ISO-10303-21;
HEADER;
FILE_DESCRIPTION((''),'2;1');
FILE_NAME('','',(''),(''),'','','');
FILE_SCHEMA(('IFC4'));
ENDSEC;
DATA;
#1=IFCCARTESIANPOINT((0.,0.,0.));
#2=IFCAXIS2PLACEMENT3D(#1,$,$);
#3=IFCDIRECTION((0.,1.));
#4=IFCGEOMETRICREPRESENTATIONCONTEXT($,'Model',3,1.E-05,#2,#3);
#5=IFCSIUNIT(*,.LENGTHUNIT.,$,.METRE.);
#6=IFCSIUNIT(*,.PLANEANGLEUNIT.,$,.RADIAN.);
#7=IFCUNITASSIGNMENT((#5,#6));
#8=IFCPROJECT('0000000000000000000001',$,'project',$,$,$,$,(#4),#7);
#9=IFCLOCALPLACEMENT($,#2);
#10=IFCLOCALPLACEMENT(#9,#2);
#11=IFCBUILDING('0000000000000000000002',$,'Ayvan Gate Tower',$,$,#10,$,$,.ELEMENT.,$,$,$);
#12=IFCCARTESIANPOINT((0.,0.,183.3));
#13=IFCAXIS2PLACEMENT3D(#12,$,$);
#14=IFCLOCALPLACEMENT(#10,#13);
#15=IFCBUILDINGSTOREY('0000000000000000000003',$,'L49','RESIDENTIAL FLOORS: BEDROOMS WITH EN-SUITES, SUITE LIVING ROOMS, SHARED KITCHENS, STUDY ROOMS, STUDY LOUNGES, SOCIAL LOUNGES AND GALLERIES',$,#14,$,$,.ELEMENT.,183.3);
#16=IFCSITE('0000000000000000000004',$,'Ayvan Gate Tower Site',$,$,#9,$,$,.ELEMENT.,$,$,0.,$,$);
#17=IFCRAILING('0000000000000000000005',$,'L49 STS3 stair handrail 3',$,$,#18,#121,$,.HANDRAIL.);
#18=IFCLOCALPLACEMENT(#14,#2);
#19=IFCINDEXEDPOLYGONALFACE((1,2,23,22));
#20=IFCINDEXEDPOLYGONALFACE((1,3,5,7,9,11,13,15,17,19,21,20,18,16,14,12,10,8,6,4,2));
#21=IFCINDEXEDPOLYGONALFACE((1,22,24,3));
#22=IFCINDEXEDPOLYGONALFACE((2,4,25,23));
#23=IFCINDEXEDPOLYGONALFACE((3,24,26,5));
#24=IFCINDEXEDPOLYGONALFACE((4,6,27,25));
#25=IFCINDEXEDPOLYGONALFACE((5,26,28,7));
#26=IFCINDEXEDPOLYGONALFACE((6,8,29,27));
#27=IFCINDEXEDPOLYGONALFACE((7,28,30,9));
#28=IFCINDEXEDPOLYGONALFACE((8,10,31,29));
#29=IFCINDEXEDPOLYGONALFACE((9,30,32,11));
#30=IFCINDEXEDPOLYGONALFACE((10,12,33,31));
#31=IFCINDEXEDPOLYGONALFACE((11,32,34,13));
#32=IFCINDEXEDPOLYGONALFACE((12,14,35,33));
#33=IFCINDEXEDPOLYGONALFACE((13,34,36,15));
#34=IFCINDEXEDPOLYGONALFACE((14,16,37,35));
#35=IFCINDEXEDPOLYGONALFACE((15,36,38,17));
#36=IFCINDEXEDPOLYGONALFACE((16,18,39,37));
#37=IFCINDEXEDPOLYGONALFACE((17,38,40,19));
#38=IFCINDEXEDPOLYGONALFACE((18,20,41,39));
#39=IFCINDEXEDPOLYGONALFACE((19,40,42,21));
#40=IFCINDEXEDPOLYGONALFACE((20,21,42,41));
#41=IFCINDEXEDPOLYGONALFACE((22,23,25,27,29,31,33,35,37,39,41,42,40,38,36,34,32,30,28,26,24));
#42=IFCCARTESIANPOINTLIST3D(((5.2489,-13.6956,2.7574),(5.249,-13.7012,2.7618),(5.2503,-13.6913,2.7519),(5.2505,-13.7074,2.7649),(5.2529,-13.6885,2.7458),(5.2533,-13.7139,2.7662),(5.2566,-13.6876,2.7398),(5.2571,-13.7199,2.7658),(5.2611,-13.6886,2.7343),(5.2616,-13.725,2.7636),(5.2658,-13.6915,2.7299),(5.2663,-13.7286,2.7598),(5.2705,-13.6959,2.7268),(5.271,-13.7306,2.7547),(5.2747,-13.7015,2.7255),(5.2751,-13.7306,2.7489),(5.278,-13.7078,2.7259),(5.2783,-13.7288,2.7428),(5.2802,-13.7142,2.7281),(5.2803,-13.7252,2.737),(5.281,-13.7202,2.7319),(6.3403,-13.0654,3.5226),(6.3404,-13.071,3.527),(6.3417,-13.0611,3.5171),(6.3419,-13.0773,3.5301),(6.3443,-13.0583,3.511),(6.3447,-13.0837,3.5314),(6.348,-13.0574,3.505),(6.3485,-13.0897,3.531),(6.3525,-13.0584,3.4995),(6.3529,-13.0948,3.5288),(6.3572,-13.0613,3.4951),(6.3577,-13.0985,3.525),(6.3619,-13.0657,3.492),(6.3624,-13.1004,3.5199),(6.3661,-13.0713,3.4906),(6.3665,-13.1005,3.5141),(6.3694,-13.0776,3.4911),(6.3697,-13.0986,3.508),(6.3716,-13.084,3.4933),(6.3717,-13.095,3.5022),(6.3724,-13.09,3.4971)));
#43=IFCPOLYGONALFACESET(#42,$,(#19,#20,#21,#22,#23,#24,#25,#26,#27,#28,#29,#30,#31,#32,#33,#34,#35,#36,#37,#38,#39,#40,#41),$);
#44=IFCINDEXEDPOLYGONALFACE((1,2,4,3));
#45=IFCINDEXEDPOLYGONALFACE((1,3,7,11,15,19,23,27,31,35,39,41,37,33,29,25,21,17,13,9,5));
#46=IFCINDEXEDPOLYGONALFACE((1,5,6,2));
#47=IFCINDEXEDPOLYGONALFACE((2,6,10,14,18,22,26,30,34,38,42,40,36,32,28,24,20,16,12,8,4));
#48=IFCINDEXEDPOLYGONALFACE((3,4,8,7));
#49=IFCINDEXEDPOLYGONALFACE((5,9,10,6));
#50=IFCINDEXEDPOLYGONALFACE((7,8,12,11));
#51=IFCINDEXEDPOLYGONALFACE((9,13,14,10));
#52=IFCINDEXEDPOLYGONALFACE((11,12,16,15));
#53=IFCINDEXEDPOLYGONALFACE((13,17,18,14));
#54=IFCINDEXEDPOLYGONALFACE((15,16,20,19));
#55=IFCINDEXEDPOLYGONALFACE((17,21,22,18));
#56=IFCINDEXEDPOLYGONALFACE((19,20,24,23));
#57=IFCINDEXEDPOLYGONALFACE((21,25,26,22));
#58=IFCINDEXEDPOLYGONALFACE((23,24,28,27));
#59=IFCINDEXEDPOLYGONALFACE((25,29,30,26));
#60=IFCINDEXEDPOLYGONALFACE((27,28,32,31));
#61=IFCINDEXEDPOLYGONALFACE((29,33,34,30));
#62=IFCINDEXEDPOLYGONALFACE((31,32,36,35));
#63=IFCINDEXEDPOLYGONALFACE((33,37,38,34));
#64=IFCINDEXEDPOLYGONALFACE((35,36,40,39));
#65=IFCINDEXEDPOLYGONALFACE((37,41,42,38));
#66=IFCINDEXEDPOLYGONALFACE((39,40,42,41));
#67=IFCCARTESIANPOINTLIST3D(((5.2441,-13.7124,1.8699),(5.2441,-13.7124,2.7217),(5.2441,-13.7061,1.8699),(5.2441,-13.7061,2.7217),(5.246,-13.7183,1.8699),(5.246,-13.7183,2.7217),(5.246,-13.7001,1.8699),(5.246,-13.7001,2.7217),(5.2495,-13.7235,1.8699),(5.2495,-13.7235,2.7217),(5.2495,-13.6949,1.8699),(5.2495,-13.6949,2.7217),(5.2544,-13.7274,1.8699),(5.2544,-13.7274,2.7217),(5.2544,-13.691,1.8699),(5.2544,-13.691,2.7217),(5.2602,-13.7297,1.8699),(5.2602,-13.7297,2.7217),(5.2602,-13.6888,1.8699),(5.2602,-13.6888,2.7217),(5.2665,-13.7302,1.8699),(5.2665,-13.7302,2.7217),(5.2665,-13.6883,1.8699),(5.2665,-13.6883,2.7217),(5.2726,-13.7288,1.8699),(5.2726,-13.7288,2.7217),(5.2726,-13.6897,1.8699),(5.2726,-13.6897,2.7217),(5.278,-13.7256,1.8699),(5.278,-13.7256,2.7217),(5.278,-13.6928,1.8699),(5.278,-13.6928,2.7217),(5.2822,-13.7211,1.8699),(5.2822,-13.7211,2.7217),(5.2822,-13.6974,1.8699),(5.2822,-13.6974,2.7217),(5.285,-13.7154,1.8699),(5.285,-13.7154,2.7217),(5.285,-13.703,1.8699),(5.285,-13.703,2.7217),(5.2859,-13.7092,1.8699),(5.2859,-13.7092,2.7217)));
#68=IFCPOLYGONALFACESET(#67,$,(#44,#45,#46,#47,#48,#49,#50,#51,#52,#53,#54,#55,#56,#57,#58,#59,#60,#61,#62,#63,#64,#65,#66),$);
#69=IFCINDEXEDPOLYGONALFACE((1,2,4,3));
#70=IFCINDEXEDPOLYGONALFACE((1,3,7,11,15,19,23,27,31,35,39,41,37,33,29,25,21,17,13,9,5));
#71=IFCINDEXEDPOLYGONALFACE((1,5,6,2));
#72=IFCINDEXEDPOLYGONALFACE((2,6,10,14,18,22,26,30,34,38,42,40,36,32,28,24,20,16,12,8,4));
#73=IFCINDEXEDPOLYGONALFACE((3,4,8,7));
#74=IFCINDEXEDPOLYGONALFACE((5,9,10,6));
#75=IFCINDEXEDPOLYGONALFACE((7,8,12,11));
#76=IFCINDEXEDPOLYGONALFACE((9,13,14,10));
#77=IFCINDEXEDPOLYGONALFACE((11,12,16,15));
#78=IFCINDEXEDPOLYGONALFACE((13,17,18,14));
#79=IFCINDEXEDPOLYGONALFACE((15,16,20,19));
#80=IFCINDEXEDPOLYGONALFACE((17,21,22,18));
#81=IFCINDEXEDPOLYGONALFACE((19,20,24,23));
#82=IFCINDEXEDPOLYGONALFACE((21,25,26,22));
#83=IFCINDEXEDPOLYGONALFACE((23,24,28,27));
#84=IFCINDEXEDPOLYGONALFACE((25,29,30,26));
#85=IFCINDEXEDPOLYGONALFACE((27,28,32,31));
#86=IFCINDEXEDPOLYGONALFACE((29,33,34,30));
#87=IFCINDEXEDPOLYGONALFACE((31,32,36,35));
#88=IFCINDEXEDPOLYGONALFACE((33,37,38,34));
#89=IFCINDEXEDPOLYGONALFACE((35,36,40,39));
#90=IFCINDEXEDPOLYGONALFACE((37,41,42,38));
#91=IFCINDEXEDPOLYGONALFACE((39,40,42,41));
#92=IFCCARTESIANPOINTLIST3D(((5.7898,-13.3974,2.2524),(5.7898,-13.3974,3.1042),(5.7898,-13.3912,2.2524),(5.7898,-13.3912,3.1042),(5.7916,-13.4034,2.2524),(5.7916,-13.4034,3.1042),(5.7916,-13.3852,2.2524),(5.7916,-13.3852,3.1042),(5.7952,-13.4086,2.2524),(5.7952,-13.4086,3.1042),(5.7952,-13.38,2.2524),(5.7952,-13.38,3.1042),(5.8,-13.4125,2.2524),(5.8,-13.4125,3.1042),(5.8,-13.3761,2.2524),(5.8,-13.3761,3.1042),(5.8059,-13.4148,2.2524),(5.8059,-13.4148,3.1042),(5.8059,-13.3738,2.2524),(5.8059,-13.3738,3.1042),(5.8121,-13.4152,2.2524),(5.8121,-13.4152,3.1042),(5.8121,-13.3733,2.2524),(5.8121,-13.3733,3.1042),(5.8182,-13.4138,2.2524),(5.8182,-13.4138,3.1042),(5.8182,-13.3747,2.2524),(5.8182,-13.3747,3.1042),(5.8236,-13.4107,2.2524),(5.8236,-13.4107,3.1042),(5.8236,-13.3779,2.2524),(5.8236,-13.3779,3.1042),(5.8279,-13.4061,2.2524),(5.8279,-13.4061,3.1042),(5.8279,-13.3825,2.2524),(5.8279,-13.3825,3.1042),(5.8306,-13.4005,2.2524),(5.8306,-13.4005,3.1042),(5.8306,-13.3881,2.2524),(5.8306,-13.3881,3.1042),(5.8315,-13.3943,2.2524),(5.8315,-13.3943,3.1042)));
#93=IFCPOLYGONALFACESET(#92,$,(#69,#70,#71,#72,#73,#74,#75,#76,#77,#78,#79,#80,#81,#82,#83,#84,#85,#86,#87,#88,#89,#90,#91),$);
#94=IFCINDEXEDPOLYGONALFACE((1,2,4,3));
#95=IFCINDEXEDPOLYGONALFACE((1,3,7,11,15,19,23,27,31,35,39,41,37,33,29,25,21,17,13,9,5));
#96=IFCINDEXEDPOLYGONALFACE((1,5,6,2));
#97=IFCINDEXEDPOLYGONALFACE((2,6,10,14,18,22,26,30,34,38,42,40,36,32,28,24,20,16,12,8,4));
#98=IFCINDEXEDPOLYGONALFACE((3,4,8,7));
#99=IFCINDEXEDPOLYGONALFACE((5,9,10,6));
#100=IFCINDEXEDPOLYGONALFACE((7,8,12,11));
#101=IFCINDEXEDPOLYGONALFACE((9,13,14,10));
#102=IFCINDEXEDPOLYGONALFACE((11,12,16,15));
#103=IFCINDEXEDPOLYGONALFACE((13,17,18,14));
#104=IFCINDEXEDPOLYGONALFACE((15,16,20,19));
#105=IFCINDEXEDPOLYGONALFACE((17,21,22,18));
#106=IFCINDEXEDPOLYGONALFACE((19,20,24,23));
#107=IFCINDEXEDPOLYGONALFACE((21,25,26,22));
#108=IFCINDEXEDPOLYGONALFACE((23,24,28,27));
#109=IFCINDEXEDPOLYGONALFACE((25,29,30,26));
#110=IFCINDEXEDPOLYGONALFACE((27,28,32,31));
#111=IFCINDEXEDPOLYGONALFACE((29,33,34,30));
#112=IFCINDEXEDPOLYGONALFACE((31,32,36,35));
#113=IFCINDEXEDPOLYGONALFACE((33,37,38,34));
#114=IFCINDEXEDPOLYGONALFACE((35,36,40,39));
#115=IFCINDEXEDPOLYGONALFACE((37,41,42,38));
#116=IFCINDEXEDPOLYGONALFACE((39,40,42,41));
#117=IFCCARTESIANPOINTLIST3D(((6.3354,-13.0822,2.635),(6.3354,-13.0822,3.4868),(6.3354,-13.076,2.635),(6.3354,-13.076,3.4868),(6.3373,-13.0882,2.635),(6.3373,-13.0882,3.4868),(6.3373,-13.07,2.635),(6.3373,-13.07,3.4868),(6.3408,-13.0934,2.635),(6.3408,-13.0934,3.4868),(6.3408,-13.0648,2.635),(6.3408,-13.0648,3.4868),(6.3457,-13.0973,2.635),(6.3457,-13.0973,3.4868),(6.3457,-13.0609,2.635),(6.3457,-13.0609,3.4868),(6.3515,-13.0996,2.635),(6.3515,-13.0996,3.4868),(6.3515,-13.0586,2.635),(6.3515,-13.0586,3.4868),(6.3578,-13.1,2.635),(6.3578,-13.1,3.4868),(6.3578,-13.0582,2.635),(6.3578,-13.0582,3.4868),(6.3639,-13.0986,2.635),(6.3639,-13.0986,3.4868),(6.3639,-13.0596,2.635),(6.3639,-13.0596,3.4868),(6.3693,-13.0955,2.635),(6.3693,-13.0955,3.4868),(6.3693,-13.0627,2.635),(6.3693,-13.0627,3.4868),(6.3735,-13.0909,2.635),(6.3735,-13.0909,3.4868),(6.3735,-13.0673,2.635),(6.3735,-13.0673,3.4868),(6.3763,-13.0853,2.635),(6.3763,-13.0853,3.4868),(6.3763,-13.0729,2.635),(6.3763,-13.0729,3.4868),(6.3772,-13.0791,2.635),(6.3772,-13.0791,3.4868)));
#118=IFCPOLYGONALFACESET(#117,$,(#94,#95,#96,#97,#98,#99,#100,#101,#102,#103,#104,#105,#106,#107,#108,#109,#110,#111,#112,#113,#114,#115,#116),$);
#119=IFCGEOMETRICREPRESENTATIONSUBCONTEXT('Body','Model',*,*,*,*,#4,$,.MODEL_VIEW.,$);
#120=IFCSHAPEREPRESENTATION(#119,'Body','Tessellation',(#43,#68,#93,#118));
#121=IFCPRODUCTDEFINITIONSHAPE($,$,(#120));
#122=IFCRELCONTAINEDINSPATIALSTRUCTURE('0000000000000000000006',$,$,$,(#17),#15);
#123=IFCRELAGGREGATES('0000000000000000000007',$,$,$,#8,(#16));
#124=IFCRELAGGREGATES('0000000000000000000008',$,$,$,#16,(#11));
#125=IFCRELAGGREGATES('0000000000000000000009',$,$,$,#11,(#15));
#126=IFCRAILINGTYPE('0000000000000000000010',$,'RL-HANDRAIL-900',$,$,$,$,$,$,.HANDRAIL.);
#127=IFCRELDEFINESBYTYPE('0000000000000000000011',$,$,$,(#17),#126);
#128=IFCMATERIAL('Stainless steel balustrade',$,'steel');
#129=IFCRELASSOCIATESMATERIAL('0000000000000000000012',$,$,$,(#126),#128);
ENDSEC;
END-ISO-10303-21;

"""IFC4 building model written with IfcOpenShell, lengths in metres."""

from ifc_helpers import new_model, si_unit, direction, frame, origin, origin_2d, place, context, subcontext, project, spatial, circle, extrude, material, type_object, element, save


model = new_model("IFC4")

# Units and contexts
model_context = context("Model", 3, precision=1e-05, world=origin(), true_north=direction((0.0, 1.0)))
body_context = subcontext(model_context, "Body", "Model", "MODEL_VIEW")
ifc_project = project(units=[si_unit("LENGTHUNIT", "METRE"), si_unit("PLANEANGLEUNIT", "RADIAN")], contexts=[model_context])

# Site, building, storey
site_placement = place(None, origin())
site = spatial("IfcSite", under=ifc_project, at=site_placement, Name="Ayvan Gate Tower Site", CompositionType="ELEMENT", RefElevation=0.0)
building_placement = place(site_placement, origin())
building = spatial("IfcBuilding", under=site, at=building_placement, Name="Ayvan Gate Tower", CompositionType="ELEMENT")
storey_placement = place(building_placement, frame((0.0, 0.0, 183.3)))
storey = spatial("IfcBuildingStorey", under=building, at=storey_placement, Name="L49", Description="RESIDENTIAL FLOORS: BEDROOMS WITH EN-SUITES, SUITE LIVING ROOMS, SHARED KITCHENS, STUDY ROOMS, STUDY LOUNGES, SOCIAL LOUNGES AND GALLERIES", CompositionType="ELEMENT", Elevation=183.3)

# Railing
ifc_material_1 = material(Name="Stainless steel balustrade", Category="steel")
railing_type_1 = type_object("IfcRailingType", Name="RL-HANDRAIL-900", PredefinedType="HANDRAIL", material=ifc_material_1)
railing_1_placement = place(storey_placement, frame((5.2649, -13.7092, 1.8699)))
element("IfcRailing", 1, at=railing_1_placement, inside=storey, type_object=railing_type_1, Name="L49 STS3 stair handrail 3", PredefinedType="HANDRAIL", context=body_context, shape_type="SweptSolid", body=[
    extrude(circle(Radius=0.0239, at=origin_2d()), frame((0.0, 0.0, 0.876), z_axis=(0.740241, 0.427419, 0.518996), x_axis=(-0.500035, 0.866005, 0.0)), (0.0, 0.0, 1.0), 1.4744),
    extrude(circle(Radius=0.021, at=origin_2d()), origin(), (0.0, 0.0, 1.0), 0.8518),
    extrude(circle(Radius=0.021, at=origin_2d()), frame((0.5457, 0.3149, 0.3826)), (0.0, 0.0, 1.0), 0.8518),
    extrude(circle(Radius=0.021, at=origin_2d()), frame((1.0913, 0.6301, 0.7651)), (0.0, 0.0, 1.0), 0.8518),
])

save(model, "model.ifc")
